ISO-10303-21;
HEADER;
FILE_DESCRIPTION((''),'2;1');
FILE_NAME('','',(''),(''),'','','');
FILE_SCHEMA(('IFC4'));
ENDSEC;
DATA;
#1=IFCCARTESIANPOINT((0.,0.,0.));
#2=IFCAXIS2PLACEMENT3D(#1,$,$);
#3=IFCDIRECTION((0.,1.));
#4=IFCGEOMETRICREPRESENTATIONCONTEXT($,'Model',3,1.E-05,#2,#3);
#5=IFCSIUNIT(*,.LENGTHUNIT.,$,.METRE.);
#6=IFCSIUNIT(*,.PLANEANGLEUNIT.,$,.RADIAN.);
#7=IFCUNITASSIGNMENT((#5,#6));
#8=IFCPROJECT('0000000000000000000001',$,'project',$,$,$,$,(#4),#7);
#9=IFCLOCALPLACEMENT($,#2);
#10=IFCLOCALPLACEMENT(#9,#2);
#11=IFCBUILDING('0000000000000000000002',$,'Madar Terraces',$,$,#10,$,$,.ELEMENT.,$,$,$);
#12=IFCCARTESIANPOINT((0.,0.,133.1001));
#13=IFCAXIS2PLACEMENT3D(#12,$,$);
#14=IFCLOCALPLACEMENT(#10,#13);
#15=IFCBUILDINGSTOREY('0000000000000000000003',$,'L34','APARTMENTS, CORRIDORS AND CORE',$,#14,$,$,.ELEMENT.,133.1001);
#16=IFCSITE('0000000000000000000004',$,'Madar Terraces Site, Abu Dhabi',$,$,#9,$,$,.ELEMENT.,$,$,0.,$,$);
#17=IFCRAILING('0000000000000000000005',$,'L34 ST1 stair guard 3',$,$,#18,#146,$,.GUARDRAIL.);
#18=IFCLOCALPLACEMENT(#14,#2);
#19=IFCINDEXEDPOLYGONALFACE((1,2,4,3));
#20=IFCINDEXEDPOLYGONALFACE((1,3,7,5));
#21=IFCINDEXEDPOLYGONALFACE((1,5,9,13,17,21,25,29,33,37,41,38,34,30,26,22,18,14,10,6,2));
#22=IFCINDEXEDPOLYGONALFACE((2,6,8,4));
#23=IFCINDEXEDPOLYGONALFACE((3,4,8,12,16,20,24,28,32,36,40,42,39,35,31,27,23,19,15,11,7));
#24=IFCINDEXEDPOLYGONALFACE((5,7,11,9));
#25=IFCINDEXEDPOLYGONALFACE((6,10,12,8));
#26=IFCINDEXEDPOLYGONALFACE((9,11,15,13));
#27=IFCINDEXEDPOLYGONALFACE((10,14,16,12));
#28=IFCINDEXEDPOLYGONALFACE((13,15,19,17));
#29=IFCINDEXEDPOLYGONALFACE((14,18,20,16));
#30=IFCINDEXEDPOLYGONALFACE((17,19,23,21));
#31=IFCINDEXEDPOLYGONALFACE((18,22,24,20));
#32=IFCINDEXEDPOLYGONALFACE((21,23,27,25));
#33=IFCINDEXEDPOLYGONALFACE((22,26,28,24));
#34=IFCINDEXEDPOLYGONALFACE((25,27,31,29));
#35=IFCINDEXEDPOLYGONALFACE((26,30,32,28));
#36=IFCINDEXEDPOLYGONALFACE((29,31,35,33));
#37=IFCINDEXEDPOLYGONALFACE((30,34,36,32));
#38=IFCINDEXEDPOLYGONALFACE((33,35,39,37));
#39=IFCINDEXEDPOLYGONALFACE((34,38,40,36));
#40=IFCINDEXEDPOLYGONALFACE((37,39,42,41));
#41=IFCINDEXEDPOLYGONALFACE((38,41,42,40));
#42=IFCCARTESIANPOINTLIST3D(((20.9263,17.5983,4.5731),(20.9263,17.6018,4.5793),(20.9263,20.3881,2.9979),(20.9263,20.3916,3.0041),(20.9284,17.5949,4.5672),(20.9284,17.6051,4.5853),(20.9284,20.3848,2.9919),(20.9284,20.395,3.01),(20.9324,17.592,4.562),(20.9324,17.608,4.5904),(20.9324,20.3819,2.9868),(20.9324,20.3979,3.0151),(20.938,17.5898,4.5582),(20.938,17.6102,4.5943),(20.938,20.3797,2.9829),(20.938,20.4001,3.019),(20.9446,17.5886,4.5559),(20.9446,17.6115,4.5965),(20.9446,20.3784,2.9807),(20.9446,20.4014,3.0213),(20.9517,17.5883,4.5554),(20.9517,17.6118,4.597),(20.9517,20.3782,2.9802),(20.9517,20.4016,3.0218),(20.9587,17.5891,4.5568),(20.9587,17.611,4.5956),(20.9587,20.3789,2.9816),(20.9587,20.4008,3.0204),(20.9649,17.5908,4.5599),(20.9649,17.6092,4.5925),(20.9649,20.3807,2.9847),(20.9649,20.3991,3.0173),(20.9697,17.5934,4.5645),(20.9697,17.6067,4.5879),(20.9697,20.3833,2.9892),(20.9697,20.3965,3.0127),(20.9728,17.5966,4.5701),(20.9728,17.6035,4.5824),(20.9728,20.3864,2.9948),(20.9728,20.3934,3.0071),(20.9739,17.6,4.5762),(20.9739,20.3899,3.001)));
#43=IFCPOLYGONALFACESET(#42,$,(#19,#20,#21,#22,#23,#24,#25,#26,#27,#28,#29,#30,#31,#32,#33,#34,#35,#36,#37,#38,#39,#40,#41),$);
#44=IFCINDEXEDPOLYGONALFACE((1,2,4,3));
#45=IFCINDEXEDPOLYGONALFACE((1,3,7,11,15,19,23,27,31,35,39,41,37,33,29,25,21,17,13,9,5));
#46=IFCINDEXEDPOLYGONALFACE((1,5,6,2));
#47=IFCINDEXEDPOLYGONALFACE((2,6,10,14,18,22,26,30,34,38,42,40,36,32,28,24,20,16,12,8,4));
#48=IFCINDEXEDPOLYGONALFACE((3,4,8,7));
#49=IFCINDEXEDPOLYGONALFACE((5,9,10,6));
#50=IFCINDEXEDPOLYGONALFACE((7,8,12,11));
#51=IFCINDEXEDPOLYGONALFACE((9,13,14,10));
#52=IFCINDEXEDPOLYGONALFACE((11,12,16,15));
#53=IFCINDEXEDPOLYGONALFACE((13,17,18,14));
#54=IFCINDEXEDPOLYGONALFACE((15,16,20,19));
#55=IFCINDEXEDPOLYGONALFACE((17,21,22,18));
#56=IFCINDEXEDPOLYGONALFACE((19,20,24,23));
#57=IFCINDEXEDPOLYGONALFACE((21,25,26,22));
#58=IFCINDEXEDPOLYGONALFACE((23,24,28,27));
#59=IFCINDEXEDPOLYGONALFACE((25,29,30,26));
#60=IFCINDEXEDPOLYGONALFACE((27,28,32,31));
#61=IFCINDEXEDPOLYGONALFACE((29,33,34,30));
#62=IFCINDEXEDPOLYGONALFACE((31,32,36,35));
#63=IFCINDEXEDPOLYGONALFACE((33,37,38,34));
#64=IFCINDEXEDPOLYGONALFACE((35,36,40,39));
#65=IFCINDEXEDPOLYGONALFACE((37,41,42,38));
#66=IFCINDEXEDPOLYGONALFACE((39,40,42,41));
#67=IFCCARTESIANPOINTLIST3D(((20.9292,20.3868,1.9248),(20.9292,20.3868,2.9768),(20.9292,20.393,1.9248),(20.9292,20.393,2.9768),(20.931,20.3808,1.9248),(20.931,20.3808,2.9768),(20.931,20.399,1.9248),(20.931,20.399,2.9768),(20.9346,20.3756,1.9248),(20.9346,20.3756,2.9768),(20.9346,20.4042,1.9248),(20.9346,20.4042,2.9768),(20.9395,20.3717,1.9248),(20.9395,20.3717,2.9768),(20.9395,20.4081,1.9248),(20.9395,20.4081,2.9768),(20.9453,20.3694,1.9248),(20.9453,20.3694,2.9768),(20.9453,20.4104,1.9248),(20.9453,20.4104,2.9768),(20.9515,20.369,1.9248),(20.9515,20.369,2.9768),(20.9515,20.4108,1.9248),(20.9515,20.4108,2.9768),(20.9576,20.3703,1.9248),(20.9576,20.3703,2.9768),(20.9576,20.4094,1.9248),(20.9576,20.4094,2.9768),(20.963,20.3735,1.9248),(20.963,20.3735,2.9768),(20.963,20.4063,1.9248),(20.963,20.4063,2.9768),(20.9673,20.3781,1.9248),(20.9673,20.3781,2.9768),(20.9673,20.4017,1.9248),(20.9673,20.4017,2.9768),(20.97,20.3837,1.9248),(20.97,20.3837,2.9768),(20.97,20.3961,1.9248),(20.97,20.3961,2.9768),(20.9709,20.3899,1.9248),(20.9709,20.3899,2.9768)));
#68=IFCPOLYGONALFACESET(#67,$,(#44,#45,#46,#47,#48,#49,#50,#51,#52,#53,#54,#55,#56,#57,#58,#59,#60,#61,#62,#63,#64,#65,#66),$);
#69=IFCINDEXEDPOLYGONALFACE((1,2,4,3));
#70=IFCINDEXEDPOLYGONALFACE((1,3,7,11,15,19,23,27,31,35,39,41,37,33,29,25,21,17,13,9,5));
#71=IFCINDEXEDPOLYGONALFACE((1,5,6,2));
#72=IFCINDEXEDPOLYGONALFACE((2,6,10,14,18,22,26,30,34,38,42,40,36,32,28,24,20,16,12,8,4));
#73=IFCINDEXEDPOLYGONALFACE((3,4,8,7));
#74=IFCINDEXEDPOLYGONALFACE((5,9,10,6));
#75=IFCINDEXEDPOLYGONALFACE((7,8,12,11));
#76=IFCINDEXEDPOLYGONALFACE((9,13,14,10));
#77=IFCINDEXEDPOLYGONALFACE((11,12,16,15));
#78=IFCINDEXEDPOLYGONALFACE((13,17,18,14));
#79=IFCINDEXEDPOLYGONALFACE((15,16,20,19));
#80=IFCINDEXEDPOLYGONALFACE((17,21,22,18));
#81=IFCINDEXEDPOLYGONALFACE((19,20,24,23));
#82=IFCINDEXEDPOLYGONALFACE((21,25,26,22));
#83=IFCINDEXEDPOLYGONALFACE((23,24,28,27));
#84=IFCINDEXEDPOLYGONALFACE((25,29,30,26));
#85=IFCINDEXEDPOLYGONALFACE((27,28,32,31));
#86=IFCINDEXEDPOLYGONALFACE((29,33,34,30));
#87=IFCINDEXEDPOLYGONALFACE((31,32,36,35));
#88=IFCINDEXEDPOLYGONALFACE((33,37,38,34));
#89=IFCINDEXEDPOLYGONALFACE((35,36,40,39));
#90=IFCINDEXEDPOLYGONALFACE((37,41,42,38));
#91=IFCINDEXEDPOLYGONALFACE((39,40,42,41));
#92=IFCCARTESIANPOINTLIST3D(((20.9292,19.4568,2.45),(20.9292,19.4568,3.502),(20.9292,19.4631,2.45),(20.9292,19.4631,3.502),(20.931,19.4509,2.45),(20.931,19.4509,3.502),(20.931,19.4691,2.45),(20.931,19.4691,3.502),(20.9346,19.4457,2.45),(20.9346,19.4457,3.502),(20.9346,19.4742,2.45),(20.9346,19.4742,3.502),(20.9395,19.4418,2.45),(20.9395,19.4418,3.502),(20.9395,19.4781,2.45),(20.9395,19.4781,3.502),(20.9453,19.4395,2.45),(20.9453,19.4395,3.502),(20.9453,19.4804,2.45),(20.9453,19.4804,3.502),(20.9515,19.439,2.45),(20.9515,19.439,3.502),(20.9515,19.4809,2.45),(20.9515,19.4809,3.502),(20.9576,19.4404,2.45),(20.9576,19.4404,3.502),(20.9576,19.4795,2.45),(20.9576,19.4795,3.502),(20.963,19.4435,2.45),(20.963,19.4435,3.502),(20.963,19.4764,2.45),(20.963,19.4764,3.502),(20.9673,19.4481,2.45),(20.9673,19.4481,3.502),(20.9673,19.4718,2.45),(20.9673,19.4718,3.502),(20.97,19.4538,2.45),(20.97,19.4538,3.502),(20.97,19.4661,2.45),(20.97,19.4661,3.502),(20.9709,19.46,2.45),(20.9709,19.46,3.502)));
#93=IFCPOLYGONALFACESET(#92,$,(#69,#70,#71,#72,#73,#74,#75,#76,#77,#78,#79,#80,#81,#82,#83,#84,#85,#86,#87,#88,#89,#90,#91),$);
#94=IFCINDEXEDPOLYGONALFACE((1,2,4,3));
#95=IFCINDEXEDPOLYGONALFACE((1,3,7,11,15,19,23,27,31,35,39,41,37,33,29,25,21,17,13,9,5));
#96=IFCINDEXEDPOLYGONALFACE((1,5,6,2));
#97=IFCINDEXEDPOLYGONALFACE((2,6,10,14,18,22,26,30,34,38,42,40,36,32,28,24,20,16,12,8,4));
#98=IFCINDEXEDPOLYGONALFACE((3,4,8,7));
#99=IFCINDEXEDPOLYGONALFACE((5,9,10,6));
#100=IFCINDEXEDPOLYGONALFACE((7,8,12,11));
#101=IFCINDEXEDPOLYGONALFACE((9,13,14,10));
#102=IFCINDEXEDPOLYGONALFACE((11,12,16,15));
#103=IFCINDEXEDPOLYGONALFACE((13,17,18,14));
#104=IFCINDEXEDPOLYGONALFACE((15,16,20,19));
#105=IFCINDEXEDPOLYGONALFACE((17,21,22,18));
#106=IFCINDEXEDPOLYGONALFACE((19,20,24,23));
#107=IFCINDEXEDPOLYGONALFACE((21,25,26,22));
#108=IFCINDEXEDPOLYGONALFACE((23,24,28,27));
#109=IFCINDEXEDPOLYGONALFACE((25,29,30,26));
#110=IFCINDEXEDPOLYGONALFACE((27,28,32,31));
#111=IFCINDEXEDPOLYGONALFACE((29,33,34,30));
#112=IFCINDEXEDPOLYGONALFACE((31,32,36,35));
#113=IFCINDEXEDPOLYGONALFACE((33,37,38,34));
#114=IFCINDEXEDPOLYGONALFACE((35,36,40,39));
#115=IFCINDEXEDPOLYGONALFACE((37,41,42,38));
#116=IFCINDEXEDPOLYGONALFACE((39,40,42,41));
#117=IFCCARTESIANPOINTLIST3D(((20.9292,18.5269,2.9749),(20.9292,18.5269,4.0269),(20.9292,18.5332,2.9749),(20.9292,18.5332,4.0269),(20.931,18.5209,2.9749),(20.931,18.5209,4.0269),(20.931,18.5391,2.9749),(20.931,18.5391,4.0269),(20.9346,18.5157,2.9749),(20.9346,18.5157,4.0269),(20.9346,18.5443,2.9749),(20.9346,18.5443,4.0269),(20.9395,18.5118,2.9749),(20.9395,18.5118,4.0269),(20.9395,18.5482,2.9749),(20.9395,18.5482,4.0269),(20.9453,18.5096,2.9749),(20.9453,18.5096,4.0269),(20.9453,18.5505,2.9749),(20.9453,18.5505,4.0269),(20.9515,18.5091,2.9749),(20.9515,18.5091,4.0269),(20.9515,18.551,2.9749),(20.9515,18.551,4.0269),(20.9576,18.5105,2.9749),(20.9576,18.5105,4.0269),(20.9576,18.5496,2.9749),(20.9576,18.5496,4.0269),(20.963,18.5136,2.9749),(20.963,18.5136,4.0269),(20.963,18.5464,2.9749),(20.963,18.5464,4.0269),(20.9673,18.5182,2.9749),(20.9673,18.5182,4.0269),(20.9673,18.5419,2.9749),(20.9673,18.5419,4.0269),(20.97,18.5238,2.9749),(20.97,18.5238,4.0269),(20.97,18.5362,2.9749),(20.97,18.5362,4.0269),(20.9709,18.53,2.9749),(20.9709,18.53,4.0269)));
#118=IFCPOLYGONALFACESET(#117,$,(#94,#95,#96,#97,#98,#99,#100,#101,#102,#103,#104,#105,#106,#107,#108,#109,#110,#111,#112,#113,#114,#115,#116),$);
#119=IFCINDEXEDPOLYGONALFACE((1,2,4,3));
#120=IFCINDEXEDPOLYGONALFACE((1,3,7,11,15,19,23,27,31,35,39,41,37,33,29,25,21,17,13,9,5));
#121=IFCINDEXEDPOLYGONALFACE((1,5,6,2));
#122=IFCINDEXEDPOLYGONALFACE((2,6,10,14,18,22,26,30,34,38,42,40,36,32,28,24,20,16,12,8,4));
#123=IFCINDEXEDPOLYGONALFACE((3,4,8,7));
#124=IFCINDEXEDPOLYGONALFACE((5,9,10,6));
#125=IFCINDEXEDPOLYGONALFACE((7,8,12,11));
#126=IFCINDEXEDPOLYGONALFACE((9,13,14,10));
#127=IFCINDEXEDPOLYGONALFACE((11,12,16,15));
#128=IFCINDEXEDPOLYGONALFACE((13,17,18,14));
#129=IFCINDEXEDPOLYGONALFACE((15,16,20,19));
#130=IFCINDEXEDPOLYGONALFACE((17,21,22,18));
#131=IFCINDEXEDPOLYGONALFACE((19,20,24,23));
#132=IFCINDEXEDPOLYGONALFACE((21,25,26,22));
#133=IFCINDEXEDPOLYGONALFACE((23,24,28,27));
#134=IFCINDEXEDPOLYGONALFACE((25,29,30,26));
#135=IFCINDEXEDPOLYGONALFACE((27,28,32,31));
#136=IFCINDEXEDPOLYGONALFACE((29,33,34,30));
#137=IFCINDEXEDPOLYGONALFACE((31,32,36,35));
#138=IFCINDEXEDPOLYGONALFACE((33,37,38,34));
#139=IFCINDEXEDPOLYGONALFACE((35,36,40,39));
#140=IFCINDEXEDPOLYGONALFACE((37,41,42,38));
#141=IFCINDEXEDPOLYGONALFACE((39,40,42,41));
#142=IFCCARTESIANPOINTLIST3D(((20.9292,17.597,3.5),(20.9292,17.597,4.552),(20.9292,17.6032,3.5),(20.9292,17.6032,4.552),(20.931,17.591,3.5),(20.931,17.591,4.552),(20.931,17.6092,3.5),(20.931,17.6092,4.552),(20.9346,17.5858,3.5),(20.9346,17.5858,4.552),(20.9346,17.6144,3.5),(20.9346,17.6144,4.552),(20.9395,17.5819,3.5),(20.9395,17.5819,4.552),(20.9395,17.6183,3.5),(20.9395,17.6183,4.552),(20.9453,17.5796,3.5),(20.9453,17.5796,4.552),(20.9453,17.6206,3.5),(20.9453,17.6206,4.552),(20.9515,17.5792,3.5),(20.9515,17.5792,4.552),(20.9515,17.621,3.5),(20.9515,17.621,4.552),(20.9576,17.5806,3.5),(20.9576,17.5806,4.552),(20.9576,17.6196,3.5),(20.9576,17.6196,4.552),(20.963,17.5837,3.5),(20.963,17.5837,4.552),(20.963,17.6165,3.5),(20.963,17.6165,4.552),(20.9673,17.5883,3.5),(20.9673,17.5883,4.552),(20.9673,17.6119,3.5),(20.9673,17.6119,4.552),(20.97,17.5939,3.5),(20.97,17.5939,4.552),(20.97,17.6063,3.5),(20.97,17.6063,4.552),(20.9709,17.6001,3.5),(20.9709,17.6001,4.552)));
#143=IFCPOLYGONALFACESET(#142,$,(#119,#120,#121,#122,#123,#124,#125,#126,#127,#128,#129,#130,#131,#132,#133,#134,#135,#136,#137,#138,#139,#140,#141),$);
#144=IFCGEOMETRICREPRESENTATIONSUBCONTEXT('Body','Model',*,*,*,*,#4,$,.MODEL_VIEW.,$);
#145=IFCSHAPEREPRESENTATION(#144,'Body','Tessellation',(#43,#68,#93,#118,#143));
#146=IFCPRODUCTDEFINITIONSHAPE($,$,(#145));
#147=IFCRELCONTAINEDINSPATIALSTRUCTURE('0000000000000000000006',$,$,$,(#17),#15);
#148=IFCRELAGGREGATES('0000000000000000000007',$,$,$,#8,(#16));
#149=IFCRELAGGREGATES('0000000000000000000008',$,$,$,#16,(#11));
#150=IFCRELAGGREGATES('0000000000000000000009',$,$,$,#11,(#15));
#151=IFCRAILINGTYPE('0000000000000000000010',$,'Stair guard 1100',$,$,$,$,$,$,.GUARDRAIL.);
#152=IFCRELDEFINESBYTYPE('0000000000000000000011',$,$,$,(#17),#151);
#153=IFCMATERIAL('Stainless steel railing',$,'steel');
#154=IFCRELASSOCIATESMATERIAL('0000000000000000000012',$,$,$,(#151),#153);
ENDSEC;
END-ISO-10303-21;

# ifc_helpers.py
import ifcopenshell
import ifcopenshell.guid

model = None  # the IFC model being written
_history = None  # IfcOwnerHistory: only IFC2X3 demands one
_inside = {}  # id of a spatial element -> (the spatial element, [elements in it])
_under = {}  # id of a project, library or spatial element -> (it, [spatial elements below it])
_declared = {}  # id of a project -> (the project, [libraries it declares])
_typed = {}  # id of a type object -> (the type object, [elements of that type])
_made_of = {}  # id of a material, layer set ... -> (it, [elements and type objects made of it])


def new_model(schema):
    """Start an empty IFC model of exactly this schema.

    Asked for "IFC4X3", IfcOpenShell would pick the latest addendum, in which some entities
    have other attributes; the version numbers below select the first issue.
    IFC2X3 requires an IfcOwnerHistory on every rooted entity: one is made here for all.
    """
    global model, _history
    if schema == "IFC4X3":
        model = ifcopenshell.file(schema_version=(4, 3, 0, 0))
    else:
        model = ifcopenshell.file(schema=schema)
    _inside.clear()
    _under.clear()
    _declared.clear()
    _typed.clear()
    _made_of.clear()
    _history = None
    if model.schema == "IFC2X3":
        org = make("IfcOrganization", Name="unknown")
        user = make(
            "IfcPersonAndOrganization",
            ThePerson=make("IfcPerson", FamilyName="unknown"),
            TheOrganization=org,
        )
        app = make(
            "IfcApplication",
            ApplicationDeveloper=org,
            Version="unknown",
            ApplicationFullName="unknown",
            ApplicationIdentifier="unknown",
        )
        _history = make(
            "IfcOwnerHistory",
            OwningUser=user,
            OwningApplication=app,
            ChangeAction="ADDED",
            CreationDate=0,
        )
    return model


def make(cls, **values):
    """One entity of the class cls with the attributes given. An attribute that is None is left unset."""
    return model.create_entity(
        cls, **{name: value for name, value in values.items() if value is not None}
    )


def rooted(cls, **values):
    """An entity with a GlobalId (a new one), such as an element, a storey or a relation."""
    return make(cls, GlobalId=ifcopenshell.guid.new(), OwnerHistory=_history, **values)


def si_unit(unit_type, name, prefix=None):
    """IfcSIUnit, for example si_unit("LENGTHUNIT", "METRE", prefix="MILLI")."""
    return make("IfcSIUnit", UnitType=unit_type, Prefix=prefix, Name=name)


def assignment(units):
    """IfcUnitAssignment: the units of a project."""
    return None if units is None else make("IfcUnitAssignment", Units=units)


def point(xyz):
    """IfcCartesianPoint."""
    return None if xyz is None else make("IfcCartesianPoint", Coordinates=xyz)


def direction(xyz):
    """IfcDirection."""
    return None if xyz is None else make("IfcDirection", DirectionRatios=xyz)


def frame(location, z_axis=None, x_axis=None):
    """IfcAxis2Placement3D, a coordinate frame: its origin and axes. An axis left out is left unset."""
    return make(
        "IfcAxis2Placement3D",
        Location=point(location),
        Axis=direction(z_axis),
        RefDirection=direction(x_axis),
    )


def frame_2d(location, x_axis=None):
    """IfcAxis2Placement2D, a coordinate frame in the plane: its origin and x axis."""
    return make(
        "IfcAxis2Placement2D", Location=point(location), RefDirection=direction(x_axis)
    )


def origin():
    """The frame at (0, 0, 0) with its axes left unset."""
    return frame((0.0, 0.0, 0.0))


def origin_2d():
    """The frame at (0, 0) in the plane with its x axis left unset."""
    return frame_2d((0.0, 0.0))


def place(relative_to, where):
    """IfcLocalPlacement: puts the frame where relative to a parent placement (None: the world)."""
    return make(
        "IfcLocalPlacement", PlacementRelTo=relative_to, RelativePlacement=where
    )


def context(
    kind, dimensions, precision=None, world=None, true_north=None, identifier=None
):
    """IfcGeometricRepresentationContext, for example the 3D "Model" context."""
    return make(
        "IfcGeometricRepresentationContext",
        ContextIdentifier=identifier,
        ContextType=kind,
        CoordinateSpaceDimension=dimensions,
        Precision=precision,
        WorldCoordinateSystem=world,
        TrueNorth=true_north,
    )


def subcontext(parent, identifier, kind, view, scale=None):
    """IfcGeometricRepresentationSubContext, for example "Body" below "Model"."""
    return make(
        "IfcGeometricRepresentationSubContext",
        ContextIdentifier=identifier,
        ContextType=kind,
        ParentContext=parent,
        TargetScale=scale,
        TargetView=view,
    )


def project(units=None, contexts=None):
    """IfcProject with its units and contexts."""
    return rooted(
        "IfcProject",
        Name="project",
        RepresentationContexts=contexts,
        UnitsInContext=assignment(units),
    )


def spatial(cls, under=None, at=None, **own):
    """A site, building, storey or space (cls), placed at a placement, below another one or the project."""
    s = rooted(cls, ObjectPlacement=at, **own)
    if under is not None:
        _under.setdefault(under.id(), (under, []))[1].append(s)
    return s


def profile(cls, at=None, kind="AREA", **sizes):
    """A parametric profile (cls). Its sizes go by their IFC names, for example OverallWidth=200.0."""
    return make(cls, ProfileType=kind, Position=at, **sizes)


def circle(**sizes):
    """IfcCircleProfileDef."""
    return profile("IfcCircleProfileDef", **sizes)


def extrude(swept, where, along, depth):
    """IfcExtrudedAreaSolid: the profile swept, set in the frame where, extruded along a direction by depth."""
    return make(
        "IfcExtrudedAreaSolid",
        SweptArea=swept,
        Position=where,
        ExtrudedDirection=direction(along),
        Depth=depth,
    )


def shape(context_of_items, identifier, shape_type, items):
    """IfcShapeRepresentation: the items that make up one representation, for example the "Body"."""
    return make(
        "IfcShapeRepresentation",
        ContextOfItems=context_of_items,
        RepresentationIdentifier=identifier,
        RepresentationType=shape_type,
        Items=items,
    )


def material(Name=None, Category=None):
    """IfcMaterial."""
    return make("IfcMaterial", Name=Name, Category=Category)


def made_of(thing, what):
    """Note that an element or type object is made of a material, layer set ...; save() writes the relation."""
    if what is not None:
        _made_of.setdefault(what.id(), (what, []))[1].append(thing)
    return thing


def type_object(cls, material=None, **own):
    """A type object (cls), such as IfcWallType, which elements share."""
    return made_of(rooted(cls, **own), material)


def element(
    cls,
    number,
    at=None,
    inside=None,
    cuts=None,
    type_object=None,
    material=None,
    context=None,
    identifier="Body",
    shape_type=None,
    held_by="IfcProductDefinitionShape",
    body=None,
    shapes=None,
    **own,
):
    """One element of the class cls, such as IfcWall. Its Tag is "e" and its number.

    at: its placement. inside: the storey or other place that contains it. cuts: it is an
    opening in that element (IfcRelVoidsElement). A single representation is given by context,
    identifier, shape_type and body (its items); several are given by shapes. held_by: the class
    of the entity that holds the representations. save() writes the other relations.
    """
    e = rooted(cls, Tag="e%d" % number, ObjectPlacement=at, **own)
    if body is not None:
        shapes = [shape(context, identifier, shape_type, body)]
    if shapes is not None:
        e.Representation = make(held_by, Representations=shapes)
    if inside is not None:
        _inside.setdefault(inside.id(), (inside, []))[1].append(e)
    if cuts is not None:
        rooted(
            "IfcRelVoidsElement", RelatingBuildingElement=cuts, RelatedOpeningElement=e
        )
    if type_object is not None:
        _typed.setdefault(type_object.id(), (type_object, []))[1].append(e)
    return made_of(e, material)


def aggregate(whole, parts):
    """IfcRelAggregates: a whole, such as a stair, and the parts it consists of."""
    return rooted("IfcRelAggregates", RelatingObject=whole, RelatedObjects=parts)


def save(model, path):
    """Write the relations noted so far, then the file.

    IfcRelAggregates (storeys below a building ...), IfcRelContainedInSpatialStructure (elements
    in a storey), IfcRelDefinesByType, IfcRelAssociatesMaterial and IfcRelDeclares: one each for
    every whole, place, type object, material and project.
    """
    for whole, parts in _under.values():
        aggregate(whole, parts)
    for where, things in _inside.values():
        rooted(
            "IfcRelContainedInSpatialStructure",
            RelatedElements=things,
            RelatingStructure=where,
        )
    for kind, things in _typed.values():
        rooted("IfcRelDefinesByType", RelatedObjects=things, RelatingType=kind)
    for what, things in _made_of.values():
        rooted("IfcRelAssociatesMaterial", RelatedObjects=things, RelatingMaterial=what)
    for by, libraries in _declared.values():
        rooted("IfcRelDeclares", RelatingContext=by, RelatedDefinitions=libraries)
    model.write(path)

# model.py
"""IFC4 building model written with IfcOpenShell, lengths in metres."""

from ifc_helpers import new_model, si_unit, direction, frame, origin, origin_2d, place, context, subcontext, project, spatial, circle, extrude, material, type_object, element, save


model = new_model("IFC4")

# Units and contexts
model_context = context("Model", 3, precision=1e-05, world=origin(), true_north=direction((0.0, 1.0)))
body_context = subcontext(model_context, "Body", "Model", "MODEL_VIEW")
ifc_project = project(units=[si_unit("LENGTHUNIT", "METRE"), si_unit("PLANEANGLEUNIT", "RADIAN")], contexts=[model_context])

# Site, building, storey
site_placement = place(None, origin())
site = spatial("IfcSite", under=ifc_project, at=site_placement, Name="Madar Terraces Site, Abu Dhabi", CompositionType="ELEMENT", RefElevation=0.0)
building_placement = place(site_placement, origin())
building = spatial("IfcBuilding", under=site, at=building_placement, Name="Madar Terraces", CompositionType="ELEMENT")
storey_placement = place(building_placement, frame((0.0, 0.0, 133.1001)))
storey = spatial("IfcBuildingStorey", under=building, at=storey_placement, Name="L34", Description="APARTMENTS, CORRIDORS AND CORE", CompositionType="ELEMENT", Elevation=133.1001)

# Railing
ifc_material_1 = material(Name="Stainless steel railing", Category="steel")
railing_type_1 = type_object("IfcRailingType", Name="Stair guard 1100", PredefinedType="GUARDRAIL", material=ifc_material_1)
railing_1_placement = place(storey_placement, frame((20.95, 20.3899, 1.9248)))
element("IfcRailing", 1, at=railing_1_placement, inside=storey, type_object=railing_type_1, Name="L34 ST1 stair guard 3", PredefinedType="GUARDRAIL", context=body_context, shape_type="SweptSolid", body=[
    extrude(circle(Radius=0.0239, at=origin_2d()), frame((0.0, 0.0, 1.0762), z_axis=(0.0, -0.870783, 0.491668), x_axis=(1.0, 0.0, 0.0)), (0.0, 0.0, 1.0), 3.2039),
    extrude(circle(Radius=0.021, at=origin_2d()), origin(), (0.0, 0.0, 1.0), 1.052),
    extrude(circle(Radius=0.021, at=origin_2d()), frame((0.0, -0.9299, 0.5251)), (0.0, 0.0, 1.0), 1.052),
    extrude(circle(Radius=0.021, at=origin_2d()), frame((0.0, -1.8599, 1.05)), (0.0, 0.0, 1.0), 1.052),
    extrude(circle(Radius=0.021, at=origin_2d()), frame((0.0, -2.7898, 1.5752)), (0.0, 0.0, 1.0), 1.052),
])

save(model, "model.ifc")
